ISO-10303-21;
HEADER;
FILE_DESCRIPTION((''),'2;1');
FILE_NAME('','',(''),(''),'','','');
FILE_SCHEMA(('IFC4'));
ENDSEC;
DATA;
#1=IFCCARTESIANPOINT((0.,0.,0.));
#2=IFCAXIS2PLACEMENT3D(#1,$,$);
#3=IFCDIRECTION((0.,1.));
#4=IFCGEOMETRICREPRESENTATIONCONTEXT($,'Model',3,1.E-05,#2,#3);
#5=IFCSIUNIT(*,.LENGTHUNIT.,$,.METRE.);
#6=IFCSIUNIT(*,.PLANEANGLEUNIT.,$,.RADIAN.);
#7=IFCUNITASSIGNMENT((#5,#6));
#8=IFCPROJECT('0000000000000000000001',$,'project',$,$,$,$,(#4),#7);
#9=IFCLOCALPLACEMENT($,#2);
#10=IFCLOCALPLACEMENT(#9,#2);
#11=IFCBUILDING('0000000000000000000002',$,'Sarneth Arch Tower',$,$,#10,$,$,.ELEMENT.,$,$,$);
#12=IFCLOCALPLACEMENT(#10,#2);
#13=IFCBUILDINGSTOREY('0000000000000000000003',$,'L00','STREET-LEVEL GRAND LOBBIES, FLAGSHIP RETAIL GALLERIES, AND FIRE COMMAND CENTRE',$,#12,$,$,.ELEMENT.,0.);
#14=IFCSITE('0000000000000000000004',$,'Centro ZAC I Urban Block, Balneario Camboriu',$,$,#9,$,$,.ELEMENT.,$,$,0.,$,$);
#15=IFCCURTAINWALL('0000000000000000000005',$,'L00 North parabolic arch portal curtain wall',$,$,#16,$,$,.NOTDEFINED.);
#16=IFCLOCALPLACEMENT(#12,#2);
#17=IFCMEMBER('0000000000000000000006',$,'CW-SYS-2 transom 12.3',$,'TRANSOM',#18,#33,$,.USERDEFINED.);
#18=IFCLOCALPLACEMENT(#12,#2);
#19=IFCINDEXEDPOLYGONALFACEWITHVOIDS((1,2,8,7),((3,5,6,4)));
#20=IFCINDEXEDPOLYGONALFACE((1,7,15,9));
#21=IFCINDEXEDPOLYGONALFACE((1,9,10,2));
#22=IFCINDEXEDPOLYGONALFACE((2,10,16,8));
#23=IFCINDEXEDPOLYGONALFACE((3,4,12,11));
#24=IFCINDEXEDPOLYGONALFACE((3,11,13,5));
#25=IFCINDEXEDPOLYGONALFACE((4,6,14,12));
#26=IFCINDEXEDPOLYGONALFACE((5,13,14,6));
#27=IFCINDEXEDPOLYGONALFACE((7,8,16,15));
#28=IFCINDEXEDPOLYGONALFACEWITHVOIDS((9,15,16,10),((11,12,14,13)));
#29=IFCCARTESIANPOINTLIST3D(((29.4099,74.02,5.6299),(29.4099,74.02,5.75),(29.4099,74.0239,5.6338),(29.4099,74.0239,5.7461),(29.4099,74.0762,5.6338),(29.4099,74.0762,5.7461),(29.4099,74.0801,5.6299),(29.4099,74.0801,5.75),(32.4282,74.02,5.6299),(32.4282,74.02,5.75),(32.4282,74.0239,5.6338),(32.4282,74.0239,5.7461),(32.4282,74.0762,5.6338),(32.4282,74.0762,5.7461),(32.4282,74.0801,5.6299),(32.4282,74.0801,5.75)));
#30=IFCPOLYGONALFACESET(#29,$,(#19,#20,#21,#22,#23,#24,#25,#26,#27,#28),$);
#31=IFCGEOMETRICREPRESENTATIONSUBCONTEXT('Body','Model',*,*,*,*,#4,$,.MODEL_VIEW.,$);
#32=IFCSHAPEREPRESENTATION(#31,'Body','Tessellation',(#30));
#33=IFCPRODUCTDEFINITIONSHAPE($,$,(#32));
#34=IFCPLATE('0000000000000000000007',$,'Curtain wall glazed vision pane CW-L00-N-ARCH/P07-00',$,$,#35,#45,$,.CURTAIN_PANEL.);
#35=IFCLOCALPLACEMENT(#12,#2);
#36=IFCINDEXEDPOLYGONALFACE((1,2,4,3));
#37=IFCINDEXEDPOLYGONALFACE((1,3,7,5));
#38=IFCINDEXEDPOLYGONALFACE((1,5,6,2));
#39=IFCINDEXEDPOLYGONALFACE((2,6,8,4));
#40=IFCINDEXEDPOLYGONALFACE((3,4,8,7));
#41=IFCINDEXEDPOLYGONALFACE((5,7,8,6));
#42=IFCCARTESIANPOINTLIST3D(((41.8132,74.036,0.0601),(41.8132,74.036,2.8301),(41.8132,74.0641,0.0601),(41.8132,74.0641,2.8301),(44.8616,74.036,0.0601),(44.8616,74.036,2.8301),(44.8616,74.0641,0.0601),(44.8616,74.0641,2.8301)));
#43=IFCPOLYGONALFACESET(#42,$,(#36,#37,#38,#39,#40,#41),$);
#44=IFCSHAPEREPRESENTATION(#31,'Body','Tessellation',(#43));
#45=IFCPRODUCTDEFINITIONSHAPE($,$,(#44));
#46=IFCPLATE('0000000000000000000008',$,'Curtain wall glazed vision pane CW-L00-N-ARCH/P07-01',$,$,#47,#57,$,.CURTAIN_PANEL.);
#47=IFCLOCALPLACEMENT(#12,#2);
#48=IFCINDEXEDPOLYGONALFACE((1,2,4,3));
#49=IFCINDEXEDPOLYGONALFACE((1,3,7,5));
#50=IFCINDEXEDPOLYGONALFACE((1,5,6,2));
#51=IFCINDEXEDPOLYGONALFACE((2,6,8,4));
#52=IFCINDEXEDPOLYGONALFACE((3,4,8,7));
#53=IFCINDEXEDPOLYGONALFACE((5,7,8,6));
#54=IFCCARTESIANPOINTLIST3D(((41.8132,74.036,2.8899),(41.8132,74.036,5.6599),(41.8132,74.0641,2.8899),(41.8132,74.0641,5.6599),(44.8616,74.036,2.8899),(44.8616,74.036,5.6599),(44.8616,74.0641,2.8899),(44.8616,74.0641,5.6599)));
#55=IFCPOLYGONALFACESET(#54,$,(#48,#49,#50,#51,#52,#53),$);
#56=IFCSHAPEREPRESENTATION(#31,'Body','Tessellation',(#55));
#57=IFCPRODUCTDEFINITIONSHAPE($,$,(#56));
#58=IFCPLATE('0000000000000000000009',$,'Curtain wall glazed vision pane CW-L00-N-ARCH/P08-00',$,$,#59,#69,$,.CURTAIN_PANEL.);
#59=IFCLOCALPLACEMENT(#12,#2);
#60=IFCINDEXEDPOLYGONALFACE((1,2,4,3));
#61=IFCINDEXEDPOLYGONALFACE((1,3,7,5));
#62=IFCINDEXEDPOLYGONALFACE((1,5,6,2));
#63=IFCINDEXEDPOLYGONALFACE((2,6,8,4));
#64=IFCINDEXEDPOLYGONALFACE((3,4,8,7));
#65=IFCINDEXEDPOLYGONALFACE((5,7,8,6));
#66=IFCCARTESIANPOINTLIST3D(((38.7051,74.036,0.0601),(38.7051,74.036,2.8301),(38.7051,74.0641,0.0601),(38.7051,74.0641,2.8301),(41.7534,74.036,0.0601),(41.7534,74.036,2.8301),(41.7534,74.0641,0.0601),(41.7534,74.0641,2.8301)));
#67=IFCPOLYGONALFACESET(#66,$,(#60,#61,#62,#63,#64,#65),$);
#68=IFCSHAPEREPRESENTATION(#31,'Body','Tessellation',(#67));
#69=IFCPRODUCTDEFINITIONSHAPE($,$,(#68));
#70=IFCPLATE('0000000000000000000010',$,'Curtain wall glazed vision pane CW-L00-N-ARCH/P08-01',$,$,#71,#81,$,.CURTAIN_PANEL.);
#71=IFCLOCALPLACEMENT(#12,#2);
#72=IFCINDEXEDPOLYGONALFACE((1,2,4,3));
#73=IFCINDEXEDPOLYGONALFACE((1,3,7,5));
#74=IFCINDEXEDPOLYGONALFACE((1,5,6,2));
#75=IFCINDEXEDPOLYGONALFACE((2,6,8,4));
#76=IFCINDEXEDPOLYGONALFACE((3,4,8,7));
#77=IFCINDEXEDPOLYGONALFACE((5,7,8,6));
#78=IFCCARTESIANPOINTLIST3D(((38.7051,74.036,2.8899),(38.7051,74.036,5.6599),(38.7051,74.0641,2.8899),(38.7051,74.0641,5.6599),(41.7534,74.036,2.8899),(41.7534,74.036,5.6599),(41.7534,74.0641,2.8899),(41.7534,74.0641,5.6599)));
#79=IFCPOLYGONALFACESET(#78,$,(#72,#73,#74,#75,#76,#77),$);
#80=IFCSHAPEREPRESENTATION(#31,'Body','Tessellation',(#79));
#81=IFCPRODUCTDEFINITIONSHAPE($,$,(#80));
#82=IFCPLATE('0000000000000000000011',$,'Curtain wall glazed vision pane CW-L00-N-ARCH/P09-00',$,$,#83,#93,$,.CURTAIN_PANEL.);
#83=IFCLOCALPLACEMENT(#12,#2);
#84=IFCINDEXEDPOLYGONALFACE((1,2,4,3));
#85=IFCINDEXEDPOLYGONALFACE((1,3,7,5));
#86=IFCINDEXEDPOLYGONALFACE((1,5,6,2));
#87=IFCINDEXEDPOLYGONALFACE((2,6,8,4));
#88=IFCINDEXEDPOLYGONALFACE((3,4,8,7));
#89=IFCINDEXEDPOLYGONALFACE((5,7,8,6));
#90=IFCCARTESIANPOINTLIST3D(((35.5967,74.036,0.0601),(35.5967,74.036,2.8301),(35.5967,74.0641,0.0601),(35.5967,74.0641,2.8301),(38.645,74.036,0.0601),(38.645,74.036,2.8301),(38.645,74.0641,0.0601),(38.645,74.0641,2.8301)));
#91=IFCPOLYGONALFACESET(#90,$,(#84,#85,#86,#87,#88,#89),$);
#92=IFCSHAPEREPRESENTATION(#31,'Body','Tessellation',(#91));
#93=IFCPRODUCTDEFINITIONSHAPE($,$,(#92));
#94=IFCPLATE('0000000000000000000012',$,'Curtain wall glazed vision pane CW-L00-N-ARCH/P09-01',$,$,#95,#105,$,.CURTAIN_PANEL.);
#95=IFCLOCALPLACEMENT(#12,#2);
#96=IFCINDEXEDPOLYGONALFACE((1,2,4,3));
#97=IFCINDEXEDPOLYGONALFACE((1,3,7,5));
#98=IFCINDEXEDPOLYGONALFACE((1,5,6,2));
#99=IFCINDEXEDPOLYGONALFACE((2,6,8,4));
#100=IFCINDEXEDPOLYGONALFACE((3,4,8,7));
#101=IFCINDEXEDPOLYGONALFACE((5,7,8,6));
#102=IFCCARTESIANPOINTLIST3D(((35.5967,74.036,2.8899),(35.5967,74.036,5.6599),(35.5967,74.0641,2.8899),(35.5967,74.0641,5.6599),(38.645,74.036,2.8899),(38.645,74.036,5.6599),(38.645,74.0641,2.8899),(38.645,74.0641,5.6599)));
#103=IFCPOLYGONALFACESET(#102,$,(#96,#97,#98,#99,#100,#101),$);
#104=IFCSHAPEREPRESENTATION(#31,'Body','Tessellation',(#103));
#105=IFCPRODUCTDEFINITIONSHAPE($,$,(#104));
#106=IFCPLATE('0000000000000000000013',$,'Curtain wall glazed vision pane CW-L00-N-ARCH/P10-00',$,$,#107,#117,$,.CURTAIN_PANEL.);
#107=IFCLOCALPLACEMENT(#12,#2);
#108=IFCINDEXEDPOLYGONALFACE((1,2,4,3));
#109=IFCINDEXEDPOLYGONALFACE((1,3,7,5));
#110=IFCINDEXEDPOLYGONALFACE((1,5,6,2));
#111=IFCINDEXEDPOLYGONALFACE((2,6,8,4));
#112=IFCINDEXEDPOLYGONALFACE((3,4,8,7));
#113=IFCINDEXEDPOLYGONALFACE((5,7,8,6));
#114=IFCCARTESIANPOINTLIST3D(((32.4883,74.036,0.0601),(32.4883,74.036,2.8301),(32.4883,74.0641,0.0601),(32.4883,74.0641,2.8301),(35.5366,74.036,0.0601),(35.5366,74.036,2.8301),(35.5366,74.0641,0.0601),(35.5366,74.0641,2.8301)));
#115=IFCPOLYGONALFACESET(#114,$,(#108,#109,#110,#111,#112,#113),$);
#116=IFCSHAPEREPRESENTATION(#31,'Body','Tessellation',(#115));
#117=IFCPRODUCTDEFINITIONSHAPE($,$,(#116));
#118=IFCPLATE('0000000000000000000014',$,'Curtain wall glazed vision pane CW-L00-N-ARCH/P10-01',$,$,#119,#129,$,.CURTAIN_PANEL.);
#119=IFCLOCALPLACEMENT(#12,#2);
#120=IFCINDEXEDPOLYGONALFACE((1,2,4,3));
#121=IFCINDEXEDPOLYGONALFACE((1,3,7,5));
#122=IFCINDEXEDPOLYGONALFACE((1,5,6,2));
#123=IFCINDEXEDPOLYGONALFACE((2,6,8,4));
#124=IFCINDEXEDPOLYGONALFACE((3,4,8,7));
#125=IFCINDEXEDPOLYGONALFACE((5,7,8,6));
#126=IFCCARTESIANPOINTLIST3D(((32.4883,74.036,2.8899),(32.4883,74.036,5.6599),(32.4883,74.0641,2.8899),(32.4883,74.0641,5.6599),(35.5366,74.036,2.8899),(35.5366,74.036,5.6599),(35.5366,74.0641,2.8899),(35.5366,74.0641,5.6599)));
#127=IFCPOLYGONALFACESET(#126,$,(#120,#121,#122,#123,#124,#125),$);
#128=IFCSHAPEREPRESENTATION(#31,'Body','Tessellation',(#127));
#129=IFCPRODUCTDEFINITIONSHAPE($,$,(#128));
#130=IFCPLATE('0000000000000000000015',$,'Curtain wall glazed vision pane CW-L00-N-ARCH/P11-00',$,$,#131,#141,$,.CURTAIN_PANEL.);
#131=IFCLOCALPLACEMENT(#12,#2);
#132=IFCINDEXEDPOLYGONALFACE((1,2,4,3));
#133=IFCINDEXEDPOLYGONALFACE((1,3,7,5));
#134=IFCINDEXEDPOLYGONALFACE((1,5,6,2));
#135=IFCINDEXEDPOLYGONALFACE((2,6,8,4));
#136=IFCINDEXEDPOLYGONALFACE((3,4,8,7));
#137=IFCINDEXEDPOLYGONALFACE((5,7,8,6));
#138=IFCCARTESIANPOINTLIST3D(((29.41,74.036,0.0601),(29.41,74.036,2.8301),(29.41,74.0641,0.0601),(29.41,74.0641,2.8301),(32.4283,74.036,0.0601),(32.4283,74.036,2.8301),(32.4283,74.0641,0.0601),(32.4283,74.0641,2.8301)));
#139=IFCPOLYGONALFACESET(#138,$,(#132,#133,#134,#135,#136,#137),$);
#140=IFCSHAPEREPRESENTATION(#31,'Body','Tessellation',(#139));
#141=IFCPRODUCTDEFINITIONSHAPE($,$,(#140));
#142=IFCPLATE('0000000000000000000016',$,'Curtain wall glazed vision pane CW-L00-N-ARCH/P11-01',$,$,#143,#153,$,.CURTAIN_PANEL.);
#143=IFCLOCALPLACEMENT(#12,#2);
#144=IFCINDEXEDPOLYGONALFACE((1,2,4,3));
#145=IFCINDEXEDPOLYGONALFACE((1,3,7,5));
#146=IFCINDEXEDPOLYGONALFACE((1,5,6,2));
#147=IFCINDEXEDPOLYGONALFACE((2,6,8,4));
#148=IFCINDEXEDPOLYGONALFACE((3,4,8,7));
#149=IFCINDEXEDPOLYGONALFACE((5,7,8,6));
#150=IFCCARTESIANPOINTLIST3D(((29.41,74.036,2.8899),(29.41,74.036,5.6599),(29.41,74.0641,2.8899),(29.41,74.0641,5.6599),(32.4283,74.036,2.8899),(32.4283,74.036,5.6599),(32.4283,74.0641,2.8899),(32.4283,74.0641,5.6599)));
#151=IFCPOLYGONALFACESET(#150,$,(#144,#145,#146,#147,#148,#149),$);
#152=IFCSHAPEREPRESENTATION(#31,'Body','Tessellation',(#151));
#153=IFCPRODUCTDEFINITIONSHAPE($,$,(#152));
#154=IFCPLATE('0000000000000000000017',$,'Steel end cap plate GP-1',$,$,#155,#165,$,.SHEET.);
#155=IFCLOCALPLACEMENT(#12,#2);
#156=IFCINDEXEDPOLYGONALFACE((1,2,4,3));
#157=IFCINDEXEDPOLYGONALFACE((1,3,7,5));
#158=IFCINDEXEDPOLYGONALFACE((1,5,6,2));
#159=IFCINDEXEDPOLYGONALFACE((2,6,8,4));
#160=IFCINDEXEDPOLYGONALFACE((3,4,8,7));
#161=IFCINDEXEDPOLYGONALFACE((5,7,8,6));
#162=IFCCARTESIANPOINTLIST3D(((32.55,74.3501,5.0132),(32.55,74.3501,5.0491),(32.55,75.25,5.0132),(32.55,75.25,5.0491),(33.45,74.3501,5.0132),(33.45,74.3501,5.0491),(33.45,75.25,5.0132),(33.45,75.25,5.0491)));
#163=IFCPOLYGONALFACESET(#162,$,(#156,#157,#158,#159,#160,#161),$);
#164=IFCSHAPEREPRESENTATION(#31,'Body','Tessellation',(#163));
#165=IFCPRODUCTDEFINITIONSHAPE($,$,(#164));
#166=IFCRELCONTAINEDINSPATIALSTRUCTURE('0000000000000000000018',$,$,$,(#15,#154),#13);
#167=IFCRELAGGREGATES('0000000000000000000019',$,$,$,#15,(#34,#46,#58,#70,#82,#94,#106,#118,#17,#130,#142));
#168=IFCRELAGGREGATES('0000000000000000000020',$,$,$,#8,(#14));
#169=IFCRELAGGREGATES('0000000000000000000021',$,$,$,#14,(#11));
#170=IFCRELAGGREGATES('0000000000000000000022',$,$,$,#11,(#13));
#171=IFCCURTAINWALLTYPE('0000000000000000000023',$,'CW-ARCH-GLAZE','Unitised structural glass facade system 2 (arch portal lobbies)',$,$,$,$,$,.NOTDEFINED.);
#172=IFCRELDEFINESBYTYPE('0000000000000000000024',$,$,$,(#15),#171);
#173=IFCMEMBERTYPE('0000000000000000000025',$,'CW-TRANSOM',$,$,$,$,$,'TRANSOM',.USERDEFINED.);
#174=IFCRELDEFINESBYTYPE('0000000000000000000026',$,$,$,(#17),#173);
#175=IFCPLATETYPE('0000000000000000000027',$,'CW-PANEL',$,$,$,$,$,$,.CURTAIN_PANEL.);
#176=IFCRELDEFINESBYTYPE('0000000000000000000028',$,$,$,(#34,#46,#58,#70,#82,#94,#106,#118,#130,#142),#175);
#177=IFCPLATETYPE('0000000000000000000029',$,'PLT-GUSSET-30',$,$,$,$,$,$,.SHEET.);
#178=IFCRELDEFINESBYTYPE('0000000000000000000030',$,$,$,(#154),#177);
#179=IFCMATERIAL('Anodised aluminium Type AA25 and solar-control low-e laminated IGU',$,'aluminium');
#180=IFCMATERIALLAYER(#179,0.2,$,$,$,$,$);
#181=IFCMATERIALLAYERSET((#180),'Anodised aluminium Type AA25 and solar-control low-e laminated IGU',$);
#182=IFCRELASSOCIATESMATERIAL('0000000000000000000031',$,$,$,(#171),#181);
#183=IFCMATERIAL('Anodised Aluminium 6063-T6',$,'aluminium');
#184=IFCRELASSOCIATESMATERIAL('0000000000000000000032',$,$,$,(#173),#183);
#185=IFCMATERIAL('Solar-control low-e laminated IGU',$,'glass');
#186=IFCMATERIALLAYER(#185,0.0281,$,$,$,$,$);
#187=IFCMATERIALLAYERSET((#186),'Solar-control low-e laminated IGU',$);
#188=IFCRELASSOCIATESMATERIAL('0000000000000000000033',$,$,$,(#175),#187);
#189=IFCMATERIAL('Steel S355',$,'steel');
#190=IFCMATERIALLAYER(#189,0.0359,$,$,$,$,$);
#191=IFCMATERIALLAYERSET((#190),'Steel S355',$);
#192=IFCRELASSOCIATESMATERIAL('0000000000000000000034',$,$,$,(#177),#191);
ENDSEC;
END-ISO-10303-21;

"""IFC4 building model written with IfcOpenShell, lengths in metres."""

from ifc_helpers import new_model, si_unit, direction, frame, origin, origin_2d, place, context, subcontext, project, spatial, rectangle, hollow_rectangle, extrude, material, layer, layer_set, material_profile, profile_set, type_object, element, aggregate, save


model = new_model("IFC4")

# Units and contexts
model_context = context("Model", 3, precision=1e-05, world=origin(), true_north=direction((0.0, 1.0)))
body_context = subcontext(model_context, "Body", "Model", "MODEL_VIEW")
ifc_project = project(units=[si_unit("LENGTHUNIT", "METRE"), si_unit("PLANEANGLEUNIT", "RADIAN")], contexts=[model_context])

# Site, building, storey
site_placement = place(None, origin())
site = spatial("IfcSite", under=ifc_project, at=site_placement, Name="Centro ZAC I Urban Block, Balneario Camboriu", CompositionType="ELEMENT", RefElevation=0.0)
building_placement = place(site_placement, origin())
building = spatial("IfcBuilding", under=site, at=building_placement, Name="Sarneth Arch Tower", CompositionType="ELEMENT")
storey_placement = place(building_placement, origin())
storey = spatial("IfcBuildingStorey", under=building, at=storey_placement, Name="L00", Description="STREET-LEVEL GRAND LOBBIES, FLAGSHIP RETAIL GALLERIES, AND FIRE COMMAND CENTRE", CompositionType="ELEMENT", Elevation=0.0)

# Curtain wall, member, plates
ifc_material_1 = material(Name="Anodised aluminium Type AA25 and solar-control low-e laminated IGU", Category="aluminium")
ifc_layer_1 = layer(ifc_material_1, 0.2)
ifc_layer_set_1 = layer_set([ifc_layer_1], Name="Anodised aluminium Type AA25 and solar-control low-e laminated IGU")
curtain_wall_type = type_object("IfcCurtainWallType", Name="CW-ARCH-GLAZE", Description="Unitised structural glass facade system 2 (arch portal lobbies)", PredefinedType="NOTDEFINED", material=ifc_layer_set_1)
curtain_wall_placement = place(storey_placement, origin())
curtain_wall = element("IfcCurtainWall", 1, at=curtain_wall_placement, inside=storey, type_object=curtain_wall_type, Name="L00 North parabolic arch portal curtain wall", PredefinedType="NOTDEFINED")
ifc_material_2 = material(Name="Anodised Aluminium 6063-T6", Category="aluminium")
ifc_material_profile_1 = material_profile(ifc_material_2, hollow_rectangle(XDim=0.0601, YDim=0.1201, WallThickness=0.0039, at=origin_2d()), Name="AL-TRAN-120x60x4")
ifc_profile_set_1 = profile_set([ifc_material_profile_1], Name="Anodised Aluminium 6063-T6")
member_type_1 = type_object("IfcMemberType", Name="CW-TRANSOM", ElementType="TRANSOM", PredefinedType="USERDEFINED", material=ifc_profile_set_1)
member_1_placement = place(storey_placement, frame((32.4282, 74.05, 5.6899), z_axis=(-1.0, 0.0, 0.0), x_axis=(0.0, -1.0, 0.0)))
member_1 = element("IfcMember", 2, at=member_1_placement, type_object=member_type_1, Name="CW-SYS-2 transom 12.3", ObjectType="TRANSOM", PredefinedType="USERDEFINED", context=body_context, shape_type="SweptSolid", body=[
    extrude(hollow_rectangle(XDim=0.0601, YDim=0.1201, WallThickness=0.0039, at=origin_2d()), origin(), (0.0, 0.0, 1.0), 3.0183),
])
ifc_material_3 = material(Name="Solar-control low-e laminated IGU", Category="glass")
ifc_layer_2 = layer(ifc_material_3, 0.0281)
ifc_layer_set_2 = layer_set([ifc_layer_2], Name="Solar-control low-e laminated IGU")
plate_type_1 = type_object("IfcPlateType", Name="CW-PANEL", PredefinedType="CURTAIN_PANEL", material=ifc_layer_set_2)
plate_1_placement = place(storey_placement, frame((43.3374, 74.05, 0.0601), z_axis=(0.0, 0.0, 1.0), x_axis=(-1.0, 0.0, 0.0)))
plate_1 = element("IfcPlate", 3, at=plate_1_placement, type_object=plate_type_1, Name="Curtain wall glazed vision pane CW-L00-N-ARCH/P07-00", PredefinedType="CURTAIN_PANEL", context=body_context, shape_type="SweptSolid", body=[
    extrude(rectangle(XDim=3.0483, YDim=0.0281, at=origin_2d()), origin(), (0.0, 0.0, 1.0), 2.77),
])
plate_2_placement = place(storey_placement, frame((43.3374, 74.05, 2.8899), z_axis=(0.0, 0.0, 1.0), x_axis=(-1.0, 0.0, 0.0)))
plate_2 = element("IfcPlate", 4, at=plate_2_placement, type_object=plate_type_1, Name="Curtain wall glazed vision pane CW-L00-N-ARCH/P07-01", PredefinedType="CURTAIN_PANEL", context=body_context, shape_type="SweptSolid", body=[
    extrude(rectangle(XDim=3.0483, YDim=0.0281, at=origin_2d()), origin(), (0.0, 0.0, 1.0), 2.77),
])
plate_3_placement = place(storey_placement, frame((40.2292, 74.05, 0.0601), z_axis=(0.0, 0.0, 1.0), x_axis=(-1.0, 0.0, 0.0)))
plate_3 = element("IfcPlate", 5, at=plate_3_placement, type_object=plate_type_1, Name="Curtain wall glazed vision pane CW-L00-N-ARCH/P08-00", PredefinedType="CURTAIN_PANEL", context=body_context, shape_type="SweptSolid", body=[
    extrude(rectangle(XDim=3.0483, YDim=0.0281, at=origin_2d()), origin(), (0.0, 0.0, 1.0), 2.77),
])
plate_4_placement = place(storey_placement, frame((40.2292, 74.05, 2.8899), z_axis=(0.0, 0.0, 1.0), x_axis=(-1.0, 0.0, 0.0)))
plate_4 = element("IfcPlate", 6, at=plate_4_placement, type_object=plate_type_1, Name="Curtain wall glazed vision pane CW-L00-N-ARCH/P08-01", PredefinedType="CURTAIN_PANEL", context=body_context, shape_type="SweptSolid", body=[
    extrude(rectangle(XDim=3.0483, YDim=0.0281, at=origin_2d()), origin(), (0.0, 0.0, 1.0), 2.77),
])
plate_5_placement = place(storey_placement, frame((37.1208, 74.05, 0.0601), z_axis=(0.0, 0.0, 1.0), x_axis=(-1.0, 0.0, 0.0)))
plate_5 = element("IfcPlate", 7, at=plate_5_placement, type_object=plate_type_1, Name="Curtain wall glazed vision pane CW-L00-N-ARCH/P09-00", PredefinedType="CURTAIN_PANEL", context=body_context, shape_type="SweptSolid", body=[
    extrude(rectangle(XDim=3.0483, YDim=0.0281, at=origin_2d()), origin(), (0.0, 0.0, 1.0), 2.77),
])
plate_6_placement = place(storey_placement, frame((37.1208, 74.05, 2.8899), z_axis=(0.0, 0.0, 1.0), x_axis=(-1.0, 0.0, 0.0)))
plate_6 = element("IfcPlate", 8, at=plate_6_placement, type_object=plate_type_1, Name="Curtain wall glazed vision pane CW-L00-N-ARCH/P09-01", PredefinedType="CURTAIN_PANEL", context=body_context, shape_type="SweptSolid", body=[
    extrude(rectangle(XDim=3.0483, YDim=0.0281, at=origin_2d()), origin(), (0.0, 0.0, 1.0), 2.77),
])
plate_7_placement = place(storey_placement, frame((34.0125, 74.05, 0.0601), z_axis=(0.0, 0.0, 1.0), x_axis=(-1.0, 0.0, 0.0)))
plate_7 = element("IfcPlate", 9, at=plate_7_placement, type_object=plate_type_1, Name="Curtain wall glazed vision pane CW-L00-N-ARCH/P10-00", PredefinedType="CURTAIN_PANEL", context=body_context, shape_type="SweptSolid", body=[
    extrude(rectangle(XDim=3.0483, YDim=0.0281, at=origin_2d()), origin(), (0.0, 0.0, 1.0), 2.77),
])
plate_8_placement = place(storey_placement, frame((34.0125, 74.05, 2.8899), z_axis=(0.0, 0.0, 1.0), x_axis=(-1.0, 0.0, 0.0)))
plate_8 = element("IfcPlate", 10, at=plate_8_placement, type_object=plate_type_1, Name="Curtain wall glazed vision pane CW-L00-N-ARCH/P10-01", PredefinedType="CURTAIN_PANEL", context=body_context, shape_type="SweptSolid", body=[
    extrude(rectangle(XDim=3.0483, YDim=0.0281, at=origin_2d()), origin(), (0.0, 0.0, 1.0), 2.77),
])
plate_9_placement = place(storey_placement, frame((30.9192, 74.05, 0.0601), z_axis=(0.0, 0.0, 1.0), x_axis=(-1.0, 0.0, 0.0)))
plate_9 = element("IfcPlate", 11, at=plate_9_placement, type_object=plate_type_1, Name="Curtain wall glazed vision pane CW-L00-N-ARCH/P11-00", PredefinedType="CURTAIN_PANEL", context=body_context, shape_type="SweptSolid", body=[
    extrude(rectangle(XDim=3.0183, YDim=0.0281, at=origin_2d()), origin(), (0.0, 0.0, 1.0), 2.77),
])
plate_10_placement = place(storey_placement, frame((30.9192, 74.05, 2.8899), z_axis=(0.0, 0.0, 1.0), x_axis=(-1.0, 0.0, 0.0)))
plate_10 = element("IfcPlate", 12, at=plate_10_placement, type_object=plate_type_1, Name="Curtain wall glazed vision pane CW-L00-N-ARCH/P11-01", PredefinedType="CURTAIN_PANEL", context=body_context, shape_type="SweptSolid", body=[
    extrude(rectangle(XDim=3.0183, YDim=0.0281, at=origin_2d()), origin(), (0.0, 0.0, 1.0), 2.77),
])
aggregate(curtain_wall, [plate_1, plate_2, plate_3, plate_4, plate_5, plate_6, plate_7, plate_8, member_1, plate_9, plate_10])

# Plate
ifc_material_4 = material(Name="Steel S355", Category="steel")
ifc_layer_3 = layer(ifc_material_4, 0.0359)
ifc_layer_set_3 = layer_set([ifc_layer_3], Name="Steel S355")
plate_type_2 = type_object("IfcPlateType", Name="PLT-GUSSET-30", PredefinedType="SHEET", material=ifc_layer_set_3)
plate_11_placement = place(storey_placement, frame((33.0, 74.8, 5.0132), z_axis=(0.0, 0.0, 1.0), x_axis=(-1.0, 0.0, 0.0)))
element("IfcPlate", 13, at=plate_11_placement, inside=storey, type_object=plate_type_2, Name="Steel end cap plate GP-1", PredefinedType="SHEET", context=body_context, shape_type="SweptSolid", body=[
    extrude(rectangle(XDim=0.8999, YDim=0.8999, at=origin_2d()), origin(), (0.0, 0.0, 1.0), 0.0359),
])

save(model, "model.ifc")
